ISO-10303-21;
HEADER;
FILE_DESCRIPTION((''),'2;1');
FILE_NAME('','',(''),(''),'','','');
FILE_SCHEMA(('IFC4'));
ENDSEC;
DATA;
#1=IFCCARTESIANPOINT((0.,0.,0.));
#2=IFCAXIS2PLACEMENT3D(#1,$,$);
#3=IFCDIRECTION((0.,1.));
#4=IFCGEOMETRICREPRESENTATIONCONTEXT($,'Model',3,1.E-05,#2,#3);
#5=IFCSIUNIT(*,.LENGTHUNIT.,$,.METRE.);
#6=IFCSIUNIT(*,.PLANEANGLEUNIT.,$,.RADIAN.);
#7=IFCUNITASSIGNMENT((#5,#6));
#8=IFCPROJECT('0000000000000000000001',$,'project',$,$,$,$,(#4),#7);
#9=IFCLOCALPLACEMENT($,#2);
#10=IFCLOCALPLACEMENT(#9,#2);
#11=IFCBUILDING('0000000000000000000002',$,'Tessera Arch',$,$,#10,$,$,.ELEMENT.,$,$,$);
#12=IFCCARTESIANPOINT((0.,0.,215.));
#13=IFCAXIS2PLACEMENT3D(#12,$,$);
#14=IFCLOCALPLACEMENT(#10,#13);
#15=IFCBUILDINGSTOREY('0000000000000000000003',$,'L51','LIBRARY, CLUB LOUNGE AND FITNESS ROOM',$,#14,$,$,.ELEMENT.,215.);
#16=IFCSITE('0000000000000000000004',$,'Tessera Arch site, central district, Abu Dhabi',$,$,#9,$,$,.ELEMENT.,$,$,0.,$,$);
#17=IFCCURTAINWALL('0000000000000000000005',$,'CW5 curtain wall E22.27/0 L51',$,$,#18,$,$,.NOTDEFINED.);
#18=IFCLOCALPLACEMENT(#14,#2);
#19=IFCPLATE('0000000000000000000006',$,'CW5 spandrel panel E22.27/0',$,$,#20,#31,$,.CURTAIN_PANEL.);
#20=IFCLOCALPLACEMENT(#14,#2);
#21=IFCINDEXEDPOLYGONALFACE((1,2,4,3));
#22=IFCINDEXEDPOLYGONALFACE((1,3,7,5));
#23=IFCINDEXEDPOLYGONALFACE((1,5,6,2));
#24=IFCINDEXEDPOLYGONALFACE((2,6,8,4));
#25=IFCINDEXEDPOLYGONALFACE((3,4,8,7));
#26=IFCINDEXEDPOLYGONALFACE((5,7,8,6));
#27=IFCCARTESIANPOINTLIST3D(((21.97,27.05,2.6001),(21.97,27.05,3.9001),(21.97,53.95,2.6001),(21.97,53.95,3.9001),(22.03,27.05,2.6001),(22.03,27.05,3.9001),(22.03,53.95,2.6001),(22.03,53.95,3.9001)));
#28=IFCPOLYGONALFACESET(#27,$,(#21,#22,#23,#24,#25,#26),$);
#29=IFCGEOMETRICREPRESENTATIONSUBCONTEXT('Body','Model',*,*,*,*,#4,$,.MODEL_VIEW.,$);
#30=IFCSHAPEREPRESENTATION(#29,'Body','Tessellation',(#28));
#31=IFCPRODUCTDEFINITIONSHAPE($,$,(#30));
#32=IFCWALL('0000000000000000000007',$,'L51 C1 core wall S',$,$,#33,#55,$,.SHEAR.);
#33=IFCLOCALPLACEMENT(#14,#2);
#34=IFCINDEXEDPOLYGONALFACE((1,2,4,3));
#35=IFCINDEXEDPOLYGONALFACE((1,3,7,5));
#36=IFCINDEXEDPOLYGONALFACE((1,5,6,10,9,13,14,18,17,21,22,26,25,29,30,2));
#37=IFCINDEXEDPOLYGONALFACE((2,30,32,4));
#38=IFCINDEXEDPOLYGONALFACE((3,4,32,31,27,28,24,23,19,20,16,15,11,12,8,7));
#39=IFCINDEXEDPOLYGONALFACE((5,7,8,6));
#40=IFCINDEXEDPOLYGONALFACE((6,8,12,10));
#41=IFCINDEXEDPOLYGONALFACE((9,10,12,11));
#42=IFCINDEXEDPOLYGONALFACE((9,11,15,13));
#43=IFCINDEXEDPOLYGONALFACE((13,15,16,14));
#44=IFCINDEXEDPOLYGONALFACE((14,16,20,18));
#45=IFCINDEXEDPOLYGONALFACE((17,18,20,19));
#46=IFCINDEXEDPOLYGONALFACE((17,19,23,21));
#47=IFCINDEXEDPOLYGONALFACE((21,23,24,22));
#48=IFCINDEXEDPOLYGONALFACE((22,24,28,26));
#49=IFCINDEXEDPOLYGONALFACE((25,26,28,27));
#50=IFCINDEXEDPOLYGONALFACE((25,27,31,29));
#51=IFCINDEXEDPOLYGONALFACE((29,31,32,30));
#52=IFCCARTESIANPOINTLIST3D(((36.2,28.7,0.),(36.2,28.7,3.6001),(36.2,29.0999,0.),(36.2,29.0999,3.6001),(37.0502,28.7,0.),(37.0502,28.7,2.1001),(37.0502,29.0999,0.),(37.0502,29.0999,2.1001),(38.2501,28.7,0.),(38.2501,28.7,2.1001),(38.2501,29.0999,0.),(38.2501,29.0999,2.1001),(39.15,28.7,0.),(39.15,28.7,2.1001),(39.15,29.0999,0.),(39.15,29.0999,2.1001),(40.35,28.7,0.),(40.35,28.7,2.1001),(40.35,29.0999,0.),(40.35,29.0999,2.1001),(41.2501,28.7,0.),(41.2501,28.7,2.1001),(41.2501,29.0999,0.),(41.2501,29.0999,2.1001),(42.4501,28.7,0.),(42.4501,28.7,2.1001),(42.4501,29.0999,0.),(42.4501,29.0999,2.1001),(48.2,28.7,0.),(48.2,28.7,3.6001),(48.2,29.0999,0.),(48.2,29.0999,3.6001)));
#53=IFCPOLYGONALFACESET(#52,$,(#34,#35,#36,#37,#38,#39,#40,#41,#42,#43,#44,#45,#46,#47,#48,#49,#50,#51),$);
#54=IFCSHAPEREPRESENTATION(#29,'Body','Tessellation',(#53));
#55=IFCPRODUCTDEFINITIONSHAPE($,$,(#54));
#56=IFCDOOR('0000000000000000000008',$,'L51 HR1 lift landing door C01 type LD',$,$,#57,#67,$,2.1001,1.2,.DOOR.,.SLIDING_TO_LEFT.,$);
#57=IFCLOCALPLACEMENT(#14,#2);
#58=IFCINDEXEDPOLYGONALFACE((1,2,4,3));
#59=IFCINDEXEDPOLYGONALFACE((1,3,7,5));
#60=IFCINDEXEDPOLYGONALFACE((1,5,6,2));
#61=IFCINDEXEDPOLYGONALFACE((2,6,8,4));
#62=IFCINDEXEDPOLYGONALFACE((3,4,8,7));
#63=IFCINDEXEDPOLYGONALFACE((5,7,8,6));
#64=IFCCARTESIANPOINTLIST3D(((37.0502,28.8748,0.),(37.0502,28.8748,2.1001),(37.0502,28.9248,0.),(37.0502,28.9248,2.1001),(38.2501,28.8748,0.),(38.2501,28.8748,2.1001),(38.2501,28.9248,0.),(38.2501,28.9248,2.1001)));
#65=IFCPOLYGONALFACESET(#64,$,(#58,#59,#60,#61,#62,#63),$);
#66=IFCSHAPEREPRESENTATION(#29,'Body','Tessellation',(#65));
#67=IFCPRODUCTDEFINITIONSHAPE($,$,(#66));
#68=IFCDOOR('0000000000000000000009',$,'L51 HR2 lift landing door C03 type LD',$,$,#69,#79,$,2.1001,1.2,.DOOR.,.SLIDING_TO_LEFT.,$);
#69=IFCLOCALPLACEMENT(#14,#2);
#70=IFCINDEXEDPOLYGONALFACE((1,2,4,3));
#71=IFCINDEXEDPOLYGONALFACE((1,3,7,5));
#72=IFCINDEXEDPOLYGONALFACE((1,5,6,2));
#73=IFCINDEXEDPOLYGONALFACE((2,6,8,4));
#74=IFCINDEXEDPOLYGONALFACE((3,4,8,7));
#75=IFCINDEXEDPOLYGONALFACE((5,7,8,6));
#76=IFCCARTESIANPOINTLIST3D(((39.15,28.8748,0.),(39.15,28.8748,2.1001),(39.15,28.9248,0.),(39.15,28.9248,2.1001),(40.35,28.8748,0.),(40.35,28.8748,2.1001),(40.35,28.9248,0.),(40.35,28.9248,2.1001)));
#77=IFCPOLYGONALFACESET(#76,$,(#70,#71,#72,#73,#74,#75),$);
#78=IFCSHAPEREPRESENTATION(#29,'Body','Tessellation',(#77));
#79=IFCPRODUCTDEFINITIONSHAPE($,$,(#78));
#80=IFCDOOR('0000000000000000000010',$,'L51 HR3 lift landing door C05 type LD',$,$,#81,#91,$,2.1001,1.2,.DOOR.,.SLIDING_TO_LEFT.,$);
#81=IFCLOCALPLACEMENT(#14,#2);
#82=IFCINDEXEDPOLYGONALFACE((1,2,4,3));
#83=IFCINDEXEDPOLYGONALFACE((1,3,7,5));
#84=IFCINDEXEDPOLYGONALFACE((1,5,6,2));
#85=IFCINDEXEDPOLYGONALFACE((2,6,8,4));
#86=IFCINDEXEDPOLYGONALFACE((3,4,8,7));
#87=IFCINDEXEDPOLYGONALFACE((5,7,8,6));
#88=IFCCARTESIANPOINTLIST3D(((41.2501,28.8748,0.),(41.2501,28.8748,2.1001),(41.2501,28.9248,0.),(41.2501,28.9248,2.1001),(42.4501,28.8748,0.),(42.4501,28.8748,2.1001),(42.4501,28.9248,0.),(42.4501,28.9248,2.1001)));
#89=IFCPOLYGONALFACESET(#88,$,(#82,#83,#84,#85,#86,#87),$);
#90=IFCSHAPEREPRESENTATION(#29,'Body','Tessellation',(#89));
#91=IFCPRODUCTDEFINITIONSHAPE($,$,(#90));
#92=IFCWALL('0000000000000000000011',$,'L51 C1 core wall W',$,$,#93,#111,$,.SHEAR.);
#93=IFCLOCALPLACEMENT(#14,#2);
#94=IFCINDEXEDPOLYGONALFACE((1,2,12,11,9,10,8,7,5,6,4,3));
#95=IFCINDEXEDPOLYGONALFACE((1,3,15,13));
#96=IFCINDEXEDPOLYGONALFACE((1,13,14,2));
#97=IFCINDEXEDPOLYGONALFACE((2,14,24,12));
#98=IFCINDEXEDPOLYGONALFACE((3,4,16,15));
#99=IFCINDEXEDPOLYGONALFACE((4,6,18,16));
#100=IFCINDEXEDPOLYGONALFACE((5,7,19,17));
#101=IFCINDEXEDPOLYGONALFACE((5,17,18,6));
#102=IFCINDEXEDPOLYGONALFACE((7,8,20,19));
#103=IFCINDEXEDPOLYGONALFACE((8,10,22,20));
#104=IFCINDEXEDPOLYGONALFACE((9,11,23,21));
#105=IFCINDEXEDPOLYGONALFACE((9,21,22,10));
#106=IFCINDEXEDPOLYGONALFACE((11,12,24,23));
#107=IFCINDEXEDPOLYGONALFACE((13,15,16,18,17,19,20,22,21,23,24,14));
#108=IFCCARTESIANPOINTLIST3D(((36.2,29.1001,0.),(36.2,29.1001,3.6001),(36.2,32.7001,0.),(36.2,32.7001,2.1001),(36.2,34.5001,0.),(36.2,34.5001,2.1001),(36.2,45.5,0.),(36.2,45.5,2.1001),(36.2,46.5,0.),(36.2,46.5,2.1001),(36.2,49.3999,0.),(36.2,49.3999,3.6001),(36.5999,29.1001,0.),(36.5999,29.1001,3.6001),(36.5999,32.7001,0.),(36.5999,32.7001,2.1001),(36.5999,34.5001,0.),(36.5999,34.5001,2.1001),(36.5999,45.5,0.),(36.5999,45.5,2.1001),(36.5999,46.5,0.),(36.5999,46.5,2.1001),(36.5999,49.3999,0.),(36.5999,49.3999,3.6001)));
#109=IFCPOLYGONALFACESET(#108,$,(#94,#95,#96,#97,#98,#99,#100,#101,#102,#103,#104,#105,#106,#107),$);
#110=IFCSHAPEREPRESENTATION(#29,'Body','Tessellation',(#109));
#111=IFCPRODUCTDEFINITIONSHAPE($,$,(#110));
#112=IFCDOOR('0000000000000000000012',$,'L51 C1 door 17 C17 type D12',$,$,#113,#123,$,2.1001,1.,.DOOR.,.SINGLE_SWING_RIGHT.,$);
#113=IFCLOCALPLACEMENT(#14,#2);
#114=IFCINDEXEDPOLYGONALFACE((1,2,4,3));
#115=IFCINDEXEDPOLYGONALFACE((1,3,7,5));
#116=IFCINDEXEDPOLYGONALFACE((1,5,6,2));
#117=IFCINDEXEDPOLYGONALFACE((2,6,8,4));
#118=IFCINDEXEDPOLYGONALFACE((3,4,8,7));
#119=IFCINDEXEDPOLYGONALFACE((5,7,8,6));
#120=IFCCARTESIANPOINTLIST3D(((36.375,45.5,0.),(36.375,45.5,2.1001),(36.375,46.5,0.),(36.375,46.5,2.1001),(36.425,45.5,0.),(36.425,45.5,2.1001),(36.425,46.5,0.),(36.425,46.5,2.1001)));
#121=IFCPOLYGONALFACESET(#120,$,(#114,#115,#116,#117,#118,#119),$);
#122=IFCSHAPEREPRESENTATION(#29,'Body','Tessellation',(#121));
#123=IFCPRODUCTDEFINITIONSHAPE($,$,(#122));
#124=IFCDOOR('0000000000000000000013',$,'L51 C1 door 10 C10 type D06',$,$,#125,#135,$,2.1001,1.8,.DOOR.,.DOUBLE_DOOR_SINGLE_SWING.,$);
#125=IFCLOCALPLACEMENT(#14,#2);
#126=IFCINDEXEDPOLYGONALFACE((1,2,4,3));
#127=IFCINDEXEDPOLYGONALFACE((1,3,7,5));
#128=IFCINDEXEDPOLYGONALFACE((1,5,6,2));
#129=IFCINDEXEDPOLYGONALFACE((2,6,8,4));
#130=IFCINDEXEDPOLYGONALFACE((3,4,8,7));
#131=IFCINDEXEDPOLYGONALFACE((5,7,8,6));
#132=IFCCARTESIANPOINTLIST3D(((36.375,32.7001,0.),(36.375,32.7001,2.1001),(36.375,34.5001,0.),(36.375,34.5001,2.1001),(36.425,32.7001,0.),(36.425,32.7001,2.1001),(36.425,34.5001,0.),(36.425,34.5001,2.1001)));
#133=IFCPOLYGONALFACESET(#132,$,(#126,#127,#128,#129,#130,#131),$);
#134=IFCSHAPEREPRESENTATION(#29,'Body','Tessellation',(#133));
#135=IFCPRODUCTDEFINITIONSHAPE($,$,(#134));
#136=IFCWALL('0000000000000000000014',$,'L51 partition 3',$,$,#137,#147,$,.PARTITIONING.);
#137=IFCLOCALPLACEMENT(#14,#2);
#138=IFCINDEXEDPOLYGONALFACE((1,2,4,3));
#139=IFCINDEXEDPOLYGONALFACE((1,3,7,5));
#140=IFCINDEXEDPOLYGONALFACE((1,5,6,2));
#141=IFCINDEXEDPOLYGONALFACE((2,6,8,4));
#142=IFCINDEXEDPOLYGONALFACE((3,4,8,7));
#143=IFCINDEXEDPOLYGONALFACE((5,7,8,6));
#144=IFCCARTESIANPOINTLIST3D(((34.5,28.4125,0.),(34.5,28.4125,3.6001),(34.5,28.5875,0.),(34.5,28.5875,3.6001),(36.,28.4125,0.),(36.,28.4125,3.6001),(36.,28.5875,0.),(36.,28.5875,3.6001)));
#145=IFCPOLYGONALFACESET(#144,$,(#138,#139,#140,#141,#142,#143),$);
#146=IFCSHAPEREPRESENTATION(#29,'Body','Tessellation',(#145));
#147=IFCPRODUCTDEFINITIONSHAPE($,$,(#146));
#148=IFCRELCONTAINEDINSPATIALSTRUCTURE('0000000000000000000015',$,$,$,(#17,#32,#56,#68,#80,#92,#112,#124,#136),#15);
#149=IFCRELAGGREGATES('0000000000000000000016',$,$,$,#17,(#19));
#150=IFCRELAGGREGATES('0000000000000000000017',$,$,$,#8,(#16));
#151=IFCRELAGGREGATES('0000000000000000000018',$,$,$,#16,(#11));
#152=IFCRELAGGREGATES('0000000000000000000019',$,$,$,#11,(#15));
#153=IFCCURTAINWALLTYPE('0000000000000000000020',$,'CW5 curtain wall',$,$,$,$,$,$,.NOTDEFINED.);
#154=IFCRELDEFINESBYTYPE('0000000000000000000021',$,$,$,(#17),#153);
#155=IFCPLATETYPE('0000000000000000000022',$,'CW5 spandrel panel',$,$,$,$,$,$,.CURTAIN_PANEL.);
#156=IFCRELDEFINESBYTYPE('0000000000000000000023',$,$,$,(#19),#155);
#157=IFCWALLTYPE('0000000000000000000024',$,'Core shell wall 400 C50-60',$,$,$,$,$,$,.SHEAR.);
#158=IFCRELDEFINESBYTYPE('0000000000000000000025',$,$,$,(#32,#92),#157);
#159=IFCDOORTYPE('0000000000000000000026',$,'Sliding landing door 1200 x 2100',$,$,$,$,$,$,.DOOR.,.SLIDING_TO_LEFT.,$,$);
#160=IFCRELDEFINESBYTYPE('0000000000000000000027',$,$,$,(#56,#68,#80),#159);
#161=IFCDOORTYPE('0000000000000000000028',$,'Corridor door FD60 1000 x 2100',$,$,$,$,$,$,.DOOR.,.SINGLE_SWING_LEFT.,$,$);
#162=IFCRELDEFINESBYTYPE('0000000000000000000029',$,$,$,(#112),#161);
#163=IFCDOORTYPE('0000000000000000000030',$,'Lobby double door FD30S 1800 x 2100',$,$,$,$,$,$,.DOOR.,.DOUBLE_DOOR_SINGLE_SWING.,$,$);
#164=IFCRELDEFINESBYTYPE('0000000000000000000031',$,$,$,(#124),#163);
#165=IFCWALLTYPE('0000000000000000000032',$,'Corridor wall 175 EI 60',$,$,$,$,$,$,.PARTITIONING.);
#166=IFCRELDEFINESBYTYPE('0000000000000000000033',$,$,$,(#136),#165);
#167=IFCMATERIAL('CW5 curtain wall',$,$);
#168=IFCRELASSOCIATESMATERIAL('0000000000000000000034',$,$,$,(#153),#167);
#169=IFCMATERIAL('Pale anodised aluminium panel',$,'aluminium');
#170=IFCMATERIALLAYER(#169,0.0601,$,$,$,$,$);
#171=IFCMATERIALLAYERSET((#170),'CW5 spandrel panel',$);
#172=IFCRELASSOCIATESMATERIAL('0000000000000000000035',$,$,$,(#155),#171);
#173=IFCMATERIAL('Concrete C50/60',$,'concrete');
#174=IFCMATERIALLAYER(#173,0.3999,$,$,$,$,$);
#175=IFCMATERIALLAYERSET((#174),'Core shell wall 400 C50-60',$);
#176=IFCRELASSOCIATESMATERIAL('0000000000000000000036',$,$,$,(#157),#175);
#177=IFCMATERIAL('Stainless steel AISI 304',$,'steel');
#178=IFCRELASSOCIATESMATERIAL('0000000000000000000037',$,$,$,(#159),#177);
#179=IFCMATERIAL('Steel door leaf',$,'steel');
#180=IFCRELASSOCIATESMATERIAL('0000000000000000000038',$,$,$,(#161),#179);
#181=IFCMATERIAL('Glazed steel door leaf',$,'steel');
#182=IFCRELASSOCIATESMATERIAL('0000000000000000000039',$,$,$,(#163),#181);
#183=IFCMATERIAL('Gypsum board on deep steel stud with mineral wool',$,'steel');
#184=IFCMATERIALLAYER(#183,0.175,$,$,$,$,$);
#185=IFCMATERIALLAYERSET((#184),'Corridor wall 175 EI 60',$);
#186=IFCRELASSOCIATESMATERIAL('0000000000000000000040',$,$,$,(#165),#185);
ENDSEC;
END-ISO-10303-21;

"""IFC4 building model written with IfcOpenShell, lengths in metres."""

from ifc_helpers import new_model, si_unit, direction, frame, frame_2d, origin, origin_2d, place, context, subcontext, project, spatial, rectangle, extrude, material, layer, layer_set, type_object, element, fill, aggregate, save


model = new_model("IFC4")

# Units and contexts
model_context = context("Model", 3, precision=1e-05, world=origin(), true_north=direction((0.0, 1.0)))
body_context = subcontext(model_context, "Body", "Model", "MODEL_VIEW")
ifc_project = project(units=[si_unit("LENGTHUNIT", "METRE"), si_unit("PLANEANGLEUNIT", "RADIAN")], contexts=[model_context])

# Site, building, storey
site_placement = place(None, origin())
site = spatial("IfcSite", under=ifc_project, at=site_placement, Name="Tessera Arch site, central district, Abu Dhabi", CompositionType="ELEMENT", RefElevation=0.0)
building_placement = place(site_placement, origin())
building = spatial("IfcBuilding", under=site, at=building_placement, Name="Tessera Arch", CompositionType="ELEMENT")
storey_placement = place(building_placement, frame((0.0, 0.0, 215.0)))
storey = spatial("IfcBuildingStorey", under=building, at=storey_placement, Name="L51", Description="LIBRARY, CLUB LOUNGE AND FITNESS ROOM", CompositionType="ELEMENT", Elevation=215.0)

# Shared definitions
ifc_material_1 = material(Name="CW5 curtain wall")
curtain_wall_type_1 = type_object("IfcCurtainWallType", Name="CW5 curtain wall", PredefinedType="NOTDEFINED", material=ifc_material_1)

# Curtain wall
curtain_wall_1_placement = place(storey_placement, origin())
curtain_wall_1 = element("IfcCurtainWall", 1, at=curtain_wall_1_placement, inside=storey, type_object=curtain_wall_type_1, Name="CW5 curtain wall E22.27/0 L51", PredefinedType="NOTDEFINED")

# Plate
ifc_material_2 = material(Name="Pale anodised aluminium panel", Category="aluminium")
ifc_layer_1 = layer(ifc_material_2, 0.0601)
ifc_layer_set_1 = layer_set([ifc_layer_1], Name="CW5 spandrel panel")
plate_type_1 = type_object("IfcPlateType", Name="CW5 spandrel panel", PredefinedType="CURTAIN_PANEL", material=ifc_layer_set_1)
plate_1_placement = place(storey_placement, frame((22.0, 40.5, 2.6001), z_axis=(0.0, 0.0, 1.0), x_axis=(0.0, 1.0, 0.0)))
plate_1 = element("IfcPlate", 2, at=plate_1_placement, type_object=plate_type_1, Name="CW5 spandrel panel E22.27/0", PredefinedType="CURTAIN_PANEL", context=body_context, shape_type="SweptSolid", body=[
    extrude(rectangle(XDim=26.8999, YDim=0.0601, at=origin_2d()), origin(), (0.0, 0.0, 1.0), 1.3),
])
aggregate(curtain_wall_1, [plate_1])

# Walls, openings, doors
ifc_material_3 = material(Name="Concrete C50/60", Category="concrete")
ifc_layer_2 = layer(ifc_material_3, 0.3999)
ifc_layer_set_2 = layer_set([ifc_layer_2], Name="Core shell wall 400 C50-60")
wall_type_1 = type_object("IfcWallType", Name="Core shell wall 400 C50-60", PredefinedType="SHEAR", material=ifc_layer_set_2)
wall_1_placement = place(storey_placement, frame((36.2, 28.8999, 0.0), z_axis=(0.0, 0.0, 1.0), x_axis=(1.0, 0.0, 0.0)))
wall_1 = element("IfcWall", 3, at=wall_1_placement, inside=storey, type_object=wall_type_1, Name="L51 C1 core wall S", PredefinedType="SHEAR", context=body_context, shape_type="SweptSolid", body=[
    extrude(rectangle(XDim=12.0, YDim=0.3999, at=frame_2d((6.0, 0.0))), origin(), (0.0, 0.0, 1.0), 3.6001),
])
opening_1_placement = place(wall_1_placement, frame((0.8501, 0.0, 0.0)))
opening_1 = element("IfcOpeningElement", 4, at=opening_1_placement, cuts=wall_1, PredefinedType="OPENING", context=body_context, shape_type="SweptSolid", body=[
    extrude(rectangle(XDim=1.2, YDim=2.1001, at=frame_2d((0.6001, 1.05))), frame((0.0, 0.21, 0.0), z_axis=(0.0, -1.0, 0.0), x_axis=(1.0, 0.0, 0.0)), (0.0, 0.0, 1.0), 0.4199),
])
opening_2_placement = place(wall_1_placement, frame((2.95, 0.0, 0.0)))
opening_2 = element("IfcOpeningElement", 5, at=opening_2_placement, cuts=wall_1, PredefinedType="OPENING", context=body_context, shape_type="SweptSolid", body=[
    extrude(rectangle(XDim=1.2, YDim=2.1001, at=frame_2d((0.6001, 1.05))), frame((0.0, 0.21, 0.0), z_axis=(0.0, -1.0, 0.0), x_axis=(1.0, 0.0, 0.0)), (0.0, 0.0, 1.0), 0.4199),
])
opening_3_placement = place(wall_1_placement, frame((5.05, 0.0, 0.0)))
opening_3 = element("IfcOpeningElement", 6, at=opening_3_placement, cuts=wall_1, PredefinedType="OPENING", context=body_context, shape_type="SweptSolid", body=[
    extrude(rectangle(XDim=1.2, YDim=2.1001, at=frame_2d((0.6001, 1.05))), frame((0.0, 0.21, 0.0), z_axis=(0.0, -1.0, 0.0), x_axis=(1.0, 0.0, 0.0)), (0.0, 0.0, 1.0), 0.4199),
])
ifc_material_4 = material(Name="Stainless steel AISI 304", Category="steel")
door_type_1 = type_object("IfcDoorType", Name="Sliding landing door 1200 x 2100", OperationType="SLIDING_TO_LEFT", PredefinedType="DOOR", material=ifc_material_4)
door_1_placement = place(opening_1_placement, origin())
door_1 = element("IfcDoor", 7, at=door_1_placement, inside=storey, type_object=door_type_1, Name="L51 HR1 lift landing door C01 type LD", OperationType="SLIDING_TO_LEFT", OverallHeight=2.1001, OverallWidth=1.2, PredefinedType="DOOR", context=body_context, shape_type="SweptSolid", body=[
    extrude(rectangle(XDim=1.2, YDim=2.1001, at=frame_2d((0.6001, 1.05))), frame((0.0, 0.0249, 0.0), z_axis=(0.0, -1.0, 0.0), x_axis=(1.0, 0.0, 0.0)), (0.0, 0.0, 1.0), 0.05),
])
fill(opening_1, door_1)
door_2_placement = place(opening_2_placement, origin())
door_2 = element("IfcDoor", 8, at=door_2_placement, inside=storey, type_object=door_type_1, Name="L51 HR2 lift landing door C03 type LD", OperationType="SLIDING_TO_LEFT", OverallHeight=2.1001, OverallWidth=1.2, PredefinedType="DOOR", context=body_context, shape_type="SweptSolid", body=[
    extrude(rectangle(XDim=1.2, YDim=2.1001, at=frame_2d((0.6001, 1.05))), frame((0.0, 0.0249, 0.0), z_axis=(0.0, -1.0, 0.0), x_axis=(1.0, 0.0, 0.0)), (0.0, 0.0, 1.0), 0.05),
])
fill(opening_2, door_2)
door_3_placement = place(opening_3_placement, origin())
door_3 = element("IfcDoor", 9, at=door_3_placement, inside=storey, type_object=door_type_1, Name="L51 HR3 lift landing door C05 type LD", OperationType="SLIDING_TO_LEFT", OverallHeight=2.1001, OverallWidth=1.2, PredefinedType="DOOR", context=body_context, shape_type="SweptSolid", body=[
    extrude(rectangle(XDim=1.2, YDim=2.1001, at=frame_2d((0.6001, 1.05))), frame((0.0, 0.0249, 0.0), z_axis=(0.0, -1.0, 0.0), x_axis=(1.0, 0.0, 0.0)), (0.0, 0.0, 1.0), 0.05),
])
fill(opening_3, door_3)
wall_2_placement = place(storey_placement, frame((36.3999, 29.1001, 0.0), z_axis=(0.0, 0.0, 1.0), x_axis=(0.0, 1.0, 0.0)))
wall_2 = element("IfcWall", 10, at=wall_2_placement, inside=storey, type_object=wall_type_1, Name="L51 C1 core wall W", PredefinedType="SHEAR", context=body_context, shape_type="SweptSolid", body=[
    extrude(rectangle(XDim=20.2998, YDim=0.3999, at=frame_2d((10.1499, 0.0))), origin(), (0.0, 0.0, 1.0), 3.6001),
])
opening_4_placement = place(wall_2_placement, frame((3.6001, 0.0, 0.0)))
opening_4 = element("IfcOpeningElement", 11, at=opening_4_placement, cuts=wall_2, PredefinedType="OPENING", context=body_context, shape_type="SweptSolid", body=[
    extrude(rectangle(XDim=1.8, YDim=2.1001, at=frame_2d((0.8999, 1.05))), frame((0.0, 0.21, 0.0), z_axis=(0.0, -1.0, 0.0), x_axis=(1.0, 0.0, 0.0)), (0.0, 0.0, 1.0), 0.4199),
])
opening_5_placement = place(wall_2_placement, frame((16.3999, 0.0, 0.0)))
opening_5 = element("IfcOpeningElement", 12, at=opening_5_placement, cuts=wall_2, PredefinedType="OPENING", context=body_context, shape_type="SweptSolid", body=[
    extrude(rectangle(XDim=1.0, YDim=2.1001, at=frame_2d((0.5, 1.05))), frame((0.0, 0.21, 0.0), z_axis=(0.0, -1.0, 0.0), x_axis=(1.0, 0.0, 0.0)), (0.0, 0.0, 1.0), 0.4199),
])
ifc_material_5 = material(Name="Steel door leaf", Category="steel")
door_type_2 = type_object("IfcDoorType", Name="Corridor door FD60 1000 x 2100", OperationType="SINGLE_SWING_LEFT", PredefinedType="DOOR", material=ifc_material_5)
door_4_placement = place(opening_5_placement, origin())
door_4 = element("IfcDoor", 13, at=door_4_placement, inside=storey, type_object=door_type_2, Name="L51 C1 door 17 C17 type D12", OperationType="SINGLE_SWING_RIGHT", OverallHeight=2.1001, OverallWidth=1.0, PredefinedType="DOOR", context=body_context, shape_type="SweptSolid", body=[
    extrude(rectangle(XDim=1.0, YDim=2.1001, at=frame_2d((0.5, 1.05))), frame((0.0, 0.0249, 0.0), z_axis=(0.0, -1.0, 0.0), x_axis=(1.0, 0.0, 0.0)), (0.0, 0.0, 1.0), 0.05),
])
fill(opening_5, door_4)
ifc_material_6 = material(Name="Glazed steel door leaf", Category="steel")
door_type_3 = type_object("IfcDoorType", Name="Lobby double door FD30S 1800 x 2100", OperationType="DOUBLE_DOOR_SINGLE_SWING", PredefinedType="DOOR", material=ifc_material_6)
door_5_placement = place(opening_4_placement, origin())
door_5 = element("IfcDoor", 14, at=door_5_placement, inside=storey, type_object=door_type_3, Name="L51 C1 door 10 C10 type D06", OperationType="DOUBLE_DOOR_SINGLE_SWING", OverallHeight=2.1001, OverallWidth=1.8, PredefinedType="DOOR", context=body_context, shape_type="SweptSolid", body=[
    extrude(rectangle(XDim=1.8, YDim=2.1001, at=frame_2d((0.8999, 1.05))), frame((0.0, 0.0249, 0.0), z_axis=(0.0, -1.0, 0.0), x_axis=(1.0, 0.0, 0.0)), (0.0, 0.0, 1.0), 0.05),
])
fill(opening_4, door_5)

# Wall
ifc_material_7 = material(Name="Gypsum board on deep steel stud with mineral wool", Category="steel")
ifc_layer_3 = layer(ifc_material_7, 0.175)
ifc_layer_set_3 = layer_set([ifc_layer_3], Name="Corridor wall 175 EI 60")
wall_type_2 = type_object("IfcWallType", Name="Corridor wall 175 EI 60", PredefinedType="PARTITIONING", material=ifc_layer_set_3)
wall_3_placement = place(storey_placement, frame((34.5, 28.5, 0.0), z_axis=(0.0, 0.0, 1.0), x_axis=(1.0, 0.0, 0.0)))
element("IfcWall", 15, at=wall_3_placement, inside=storey, type_object=wall_type_2, Name="L51 partition 3", PredefinedType="PARTITIONING", context=body_context, shape_type="SweptSolid", body=[
    extrude(rectangle(XDim=1.5, YDim=0.175, at=frame_2d((0.75, 0.0))), origin(), (0.0, 0.0, 1.0), 3.6001),
])

save(model, "model.ifc")
